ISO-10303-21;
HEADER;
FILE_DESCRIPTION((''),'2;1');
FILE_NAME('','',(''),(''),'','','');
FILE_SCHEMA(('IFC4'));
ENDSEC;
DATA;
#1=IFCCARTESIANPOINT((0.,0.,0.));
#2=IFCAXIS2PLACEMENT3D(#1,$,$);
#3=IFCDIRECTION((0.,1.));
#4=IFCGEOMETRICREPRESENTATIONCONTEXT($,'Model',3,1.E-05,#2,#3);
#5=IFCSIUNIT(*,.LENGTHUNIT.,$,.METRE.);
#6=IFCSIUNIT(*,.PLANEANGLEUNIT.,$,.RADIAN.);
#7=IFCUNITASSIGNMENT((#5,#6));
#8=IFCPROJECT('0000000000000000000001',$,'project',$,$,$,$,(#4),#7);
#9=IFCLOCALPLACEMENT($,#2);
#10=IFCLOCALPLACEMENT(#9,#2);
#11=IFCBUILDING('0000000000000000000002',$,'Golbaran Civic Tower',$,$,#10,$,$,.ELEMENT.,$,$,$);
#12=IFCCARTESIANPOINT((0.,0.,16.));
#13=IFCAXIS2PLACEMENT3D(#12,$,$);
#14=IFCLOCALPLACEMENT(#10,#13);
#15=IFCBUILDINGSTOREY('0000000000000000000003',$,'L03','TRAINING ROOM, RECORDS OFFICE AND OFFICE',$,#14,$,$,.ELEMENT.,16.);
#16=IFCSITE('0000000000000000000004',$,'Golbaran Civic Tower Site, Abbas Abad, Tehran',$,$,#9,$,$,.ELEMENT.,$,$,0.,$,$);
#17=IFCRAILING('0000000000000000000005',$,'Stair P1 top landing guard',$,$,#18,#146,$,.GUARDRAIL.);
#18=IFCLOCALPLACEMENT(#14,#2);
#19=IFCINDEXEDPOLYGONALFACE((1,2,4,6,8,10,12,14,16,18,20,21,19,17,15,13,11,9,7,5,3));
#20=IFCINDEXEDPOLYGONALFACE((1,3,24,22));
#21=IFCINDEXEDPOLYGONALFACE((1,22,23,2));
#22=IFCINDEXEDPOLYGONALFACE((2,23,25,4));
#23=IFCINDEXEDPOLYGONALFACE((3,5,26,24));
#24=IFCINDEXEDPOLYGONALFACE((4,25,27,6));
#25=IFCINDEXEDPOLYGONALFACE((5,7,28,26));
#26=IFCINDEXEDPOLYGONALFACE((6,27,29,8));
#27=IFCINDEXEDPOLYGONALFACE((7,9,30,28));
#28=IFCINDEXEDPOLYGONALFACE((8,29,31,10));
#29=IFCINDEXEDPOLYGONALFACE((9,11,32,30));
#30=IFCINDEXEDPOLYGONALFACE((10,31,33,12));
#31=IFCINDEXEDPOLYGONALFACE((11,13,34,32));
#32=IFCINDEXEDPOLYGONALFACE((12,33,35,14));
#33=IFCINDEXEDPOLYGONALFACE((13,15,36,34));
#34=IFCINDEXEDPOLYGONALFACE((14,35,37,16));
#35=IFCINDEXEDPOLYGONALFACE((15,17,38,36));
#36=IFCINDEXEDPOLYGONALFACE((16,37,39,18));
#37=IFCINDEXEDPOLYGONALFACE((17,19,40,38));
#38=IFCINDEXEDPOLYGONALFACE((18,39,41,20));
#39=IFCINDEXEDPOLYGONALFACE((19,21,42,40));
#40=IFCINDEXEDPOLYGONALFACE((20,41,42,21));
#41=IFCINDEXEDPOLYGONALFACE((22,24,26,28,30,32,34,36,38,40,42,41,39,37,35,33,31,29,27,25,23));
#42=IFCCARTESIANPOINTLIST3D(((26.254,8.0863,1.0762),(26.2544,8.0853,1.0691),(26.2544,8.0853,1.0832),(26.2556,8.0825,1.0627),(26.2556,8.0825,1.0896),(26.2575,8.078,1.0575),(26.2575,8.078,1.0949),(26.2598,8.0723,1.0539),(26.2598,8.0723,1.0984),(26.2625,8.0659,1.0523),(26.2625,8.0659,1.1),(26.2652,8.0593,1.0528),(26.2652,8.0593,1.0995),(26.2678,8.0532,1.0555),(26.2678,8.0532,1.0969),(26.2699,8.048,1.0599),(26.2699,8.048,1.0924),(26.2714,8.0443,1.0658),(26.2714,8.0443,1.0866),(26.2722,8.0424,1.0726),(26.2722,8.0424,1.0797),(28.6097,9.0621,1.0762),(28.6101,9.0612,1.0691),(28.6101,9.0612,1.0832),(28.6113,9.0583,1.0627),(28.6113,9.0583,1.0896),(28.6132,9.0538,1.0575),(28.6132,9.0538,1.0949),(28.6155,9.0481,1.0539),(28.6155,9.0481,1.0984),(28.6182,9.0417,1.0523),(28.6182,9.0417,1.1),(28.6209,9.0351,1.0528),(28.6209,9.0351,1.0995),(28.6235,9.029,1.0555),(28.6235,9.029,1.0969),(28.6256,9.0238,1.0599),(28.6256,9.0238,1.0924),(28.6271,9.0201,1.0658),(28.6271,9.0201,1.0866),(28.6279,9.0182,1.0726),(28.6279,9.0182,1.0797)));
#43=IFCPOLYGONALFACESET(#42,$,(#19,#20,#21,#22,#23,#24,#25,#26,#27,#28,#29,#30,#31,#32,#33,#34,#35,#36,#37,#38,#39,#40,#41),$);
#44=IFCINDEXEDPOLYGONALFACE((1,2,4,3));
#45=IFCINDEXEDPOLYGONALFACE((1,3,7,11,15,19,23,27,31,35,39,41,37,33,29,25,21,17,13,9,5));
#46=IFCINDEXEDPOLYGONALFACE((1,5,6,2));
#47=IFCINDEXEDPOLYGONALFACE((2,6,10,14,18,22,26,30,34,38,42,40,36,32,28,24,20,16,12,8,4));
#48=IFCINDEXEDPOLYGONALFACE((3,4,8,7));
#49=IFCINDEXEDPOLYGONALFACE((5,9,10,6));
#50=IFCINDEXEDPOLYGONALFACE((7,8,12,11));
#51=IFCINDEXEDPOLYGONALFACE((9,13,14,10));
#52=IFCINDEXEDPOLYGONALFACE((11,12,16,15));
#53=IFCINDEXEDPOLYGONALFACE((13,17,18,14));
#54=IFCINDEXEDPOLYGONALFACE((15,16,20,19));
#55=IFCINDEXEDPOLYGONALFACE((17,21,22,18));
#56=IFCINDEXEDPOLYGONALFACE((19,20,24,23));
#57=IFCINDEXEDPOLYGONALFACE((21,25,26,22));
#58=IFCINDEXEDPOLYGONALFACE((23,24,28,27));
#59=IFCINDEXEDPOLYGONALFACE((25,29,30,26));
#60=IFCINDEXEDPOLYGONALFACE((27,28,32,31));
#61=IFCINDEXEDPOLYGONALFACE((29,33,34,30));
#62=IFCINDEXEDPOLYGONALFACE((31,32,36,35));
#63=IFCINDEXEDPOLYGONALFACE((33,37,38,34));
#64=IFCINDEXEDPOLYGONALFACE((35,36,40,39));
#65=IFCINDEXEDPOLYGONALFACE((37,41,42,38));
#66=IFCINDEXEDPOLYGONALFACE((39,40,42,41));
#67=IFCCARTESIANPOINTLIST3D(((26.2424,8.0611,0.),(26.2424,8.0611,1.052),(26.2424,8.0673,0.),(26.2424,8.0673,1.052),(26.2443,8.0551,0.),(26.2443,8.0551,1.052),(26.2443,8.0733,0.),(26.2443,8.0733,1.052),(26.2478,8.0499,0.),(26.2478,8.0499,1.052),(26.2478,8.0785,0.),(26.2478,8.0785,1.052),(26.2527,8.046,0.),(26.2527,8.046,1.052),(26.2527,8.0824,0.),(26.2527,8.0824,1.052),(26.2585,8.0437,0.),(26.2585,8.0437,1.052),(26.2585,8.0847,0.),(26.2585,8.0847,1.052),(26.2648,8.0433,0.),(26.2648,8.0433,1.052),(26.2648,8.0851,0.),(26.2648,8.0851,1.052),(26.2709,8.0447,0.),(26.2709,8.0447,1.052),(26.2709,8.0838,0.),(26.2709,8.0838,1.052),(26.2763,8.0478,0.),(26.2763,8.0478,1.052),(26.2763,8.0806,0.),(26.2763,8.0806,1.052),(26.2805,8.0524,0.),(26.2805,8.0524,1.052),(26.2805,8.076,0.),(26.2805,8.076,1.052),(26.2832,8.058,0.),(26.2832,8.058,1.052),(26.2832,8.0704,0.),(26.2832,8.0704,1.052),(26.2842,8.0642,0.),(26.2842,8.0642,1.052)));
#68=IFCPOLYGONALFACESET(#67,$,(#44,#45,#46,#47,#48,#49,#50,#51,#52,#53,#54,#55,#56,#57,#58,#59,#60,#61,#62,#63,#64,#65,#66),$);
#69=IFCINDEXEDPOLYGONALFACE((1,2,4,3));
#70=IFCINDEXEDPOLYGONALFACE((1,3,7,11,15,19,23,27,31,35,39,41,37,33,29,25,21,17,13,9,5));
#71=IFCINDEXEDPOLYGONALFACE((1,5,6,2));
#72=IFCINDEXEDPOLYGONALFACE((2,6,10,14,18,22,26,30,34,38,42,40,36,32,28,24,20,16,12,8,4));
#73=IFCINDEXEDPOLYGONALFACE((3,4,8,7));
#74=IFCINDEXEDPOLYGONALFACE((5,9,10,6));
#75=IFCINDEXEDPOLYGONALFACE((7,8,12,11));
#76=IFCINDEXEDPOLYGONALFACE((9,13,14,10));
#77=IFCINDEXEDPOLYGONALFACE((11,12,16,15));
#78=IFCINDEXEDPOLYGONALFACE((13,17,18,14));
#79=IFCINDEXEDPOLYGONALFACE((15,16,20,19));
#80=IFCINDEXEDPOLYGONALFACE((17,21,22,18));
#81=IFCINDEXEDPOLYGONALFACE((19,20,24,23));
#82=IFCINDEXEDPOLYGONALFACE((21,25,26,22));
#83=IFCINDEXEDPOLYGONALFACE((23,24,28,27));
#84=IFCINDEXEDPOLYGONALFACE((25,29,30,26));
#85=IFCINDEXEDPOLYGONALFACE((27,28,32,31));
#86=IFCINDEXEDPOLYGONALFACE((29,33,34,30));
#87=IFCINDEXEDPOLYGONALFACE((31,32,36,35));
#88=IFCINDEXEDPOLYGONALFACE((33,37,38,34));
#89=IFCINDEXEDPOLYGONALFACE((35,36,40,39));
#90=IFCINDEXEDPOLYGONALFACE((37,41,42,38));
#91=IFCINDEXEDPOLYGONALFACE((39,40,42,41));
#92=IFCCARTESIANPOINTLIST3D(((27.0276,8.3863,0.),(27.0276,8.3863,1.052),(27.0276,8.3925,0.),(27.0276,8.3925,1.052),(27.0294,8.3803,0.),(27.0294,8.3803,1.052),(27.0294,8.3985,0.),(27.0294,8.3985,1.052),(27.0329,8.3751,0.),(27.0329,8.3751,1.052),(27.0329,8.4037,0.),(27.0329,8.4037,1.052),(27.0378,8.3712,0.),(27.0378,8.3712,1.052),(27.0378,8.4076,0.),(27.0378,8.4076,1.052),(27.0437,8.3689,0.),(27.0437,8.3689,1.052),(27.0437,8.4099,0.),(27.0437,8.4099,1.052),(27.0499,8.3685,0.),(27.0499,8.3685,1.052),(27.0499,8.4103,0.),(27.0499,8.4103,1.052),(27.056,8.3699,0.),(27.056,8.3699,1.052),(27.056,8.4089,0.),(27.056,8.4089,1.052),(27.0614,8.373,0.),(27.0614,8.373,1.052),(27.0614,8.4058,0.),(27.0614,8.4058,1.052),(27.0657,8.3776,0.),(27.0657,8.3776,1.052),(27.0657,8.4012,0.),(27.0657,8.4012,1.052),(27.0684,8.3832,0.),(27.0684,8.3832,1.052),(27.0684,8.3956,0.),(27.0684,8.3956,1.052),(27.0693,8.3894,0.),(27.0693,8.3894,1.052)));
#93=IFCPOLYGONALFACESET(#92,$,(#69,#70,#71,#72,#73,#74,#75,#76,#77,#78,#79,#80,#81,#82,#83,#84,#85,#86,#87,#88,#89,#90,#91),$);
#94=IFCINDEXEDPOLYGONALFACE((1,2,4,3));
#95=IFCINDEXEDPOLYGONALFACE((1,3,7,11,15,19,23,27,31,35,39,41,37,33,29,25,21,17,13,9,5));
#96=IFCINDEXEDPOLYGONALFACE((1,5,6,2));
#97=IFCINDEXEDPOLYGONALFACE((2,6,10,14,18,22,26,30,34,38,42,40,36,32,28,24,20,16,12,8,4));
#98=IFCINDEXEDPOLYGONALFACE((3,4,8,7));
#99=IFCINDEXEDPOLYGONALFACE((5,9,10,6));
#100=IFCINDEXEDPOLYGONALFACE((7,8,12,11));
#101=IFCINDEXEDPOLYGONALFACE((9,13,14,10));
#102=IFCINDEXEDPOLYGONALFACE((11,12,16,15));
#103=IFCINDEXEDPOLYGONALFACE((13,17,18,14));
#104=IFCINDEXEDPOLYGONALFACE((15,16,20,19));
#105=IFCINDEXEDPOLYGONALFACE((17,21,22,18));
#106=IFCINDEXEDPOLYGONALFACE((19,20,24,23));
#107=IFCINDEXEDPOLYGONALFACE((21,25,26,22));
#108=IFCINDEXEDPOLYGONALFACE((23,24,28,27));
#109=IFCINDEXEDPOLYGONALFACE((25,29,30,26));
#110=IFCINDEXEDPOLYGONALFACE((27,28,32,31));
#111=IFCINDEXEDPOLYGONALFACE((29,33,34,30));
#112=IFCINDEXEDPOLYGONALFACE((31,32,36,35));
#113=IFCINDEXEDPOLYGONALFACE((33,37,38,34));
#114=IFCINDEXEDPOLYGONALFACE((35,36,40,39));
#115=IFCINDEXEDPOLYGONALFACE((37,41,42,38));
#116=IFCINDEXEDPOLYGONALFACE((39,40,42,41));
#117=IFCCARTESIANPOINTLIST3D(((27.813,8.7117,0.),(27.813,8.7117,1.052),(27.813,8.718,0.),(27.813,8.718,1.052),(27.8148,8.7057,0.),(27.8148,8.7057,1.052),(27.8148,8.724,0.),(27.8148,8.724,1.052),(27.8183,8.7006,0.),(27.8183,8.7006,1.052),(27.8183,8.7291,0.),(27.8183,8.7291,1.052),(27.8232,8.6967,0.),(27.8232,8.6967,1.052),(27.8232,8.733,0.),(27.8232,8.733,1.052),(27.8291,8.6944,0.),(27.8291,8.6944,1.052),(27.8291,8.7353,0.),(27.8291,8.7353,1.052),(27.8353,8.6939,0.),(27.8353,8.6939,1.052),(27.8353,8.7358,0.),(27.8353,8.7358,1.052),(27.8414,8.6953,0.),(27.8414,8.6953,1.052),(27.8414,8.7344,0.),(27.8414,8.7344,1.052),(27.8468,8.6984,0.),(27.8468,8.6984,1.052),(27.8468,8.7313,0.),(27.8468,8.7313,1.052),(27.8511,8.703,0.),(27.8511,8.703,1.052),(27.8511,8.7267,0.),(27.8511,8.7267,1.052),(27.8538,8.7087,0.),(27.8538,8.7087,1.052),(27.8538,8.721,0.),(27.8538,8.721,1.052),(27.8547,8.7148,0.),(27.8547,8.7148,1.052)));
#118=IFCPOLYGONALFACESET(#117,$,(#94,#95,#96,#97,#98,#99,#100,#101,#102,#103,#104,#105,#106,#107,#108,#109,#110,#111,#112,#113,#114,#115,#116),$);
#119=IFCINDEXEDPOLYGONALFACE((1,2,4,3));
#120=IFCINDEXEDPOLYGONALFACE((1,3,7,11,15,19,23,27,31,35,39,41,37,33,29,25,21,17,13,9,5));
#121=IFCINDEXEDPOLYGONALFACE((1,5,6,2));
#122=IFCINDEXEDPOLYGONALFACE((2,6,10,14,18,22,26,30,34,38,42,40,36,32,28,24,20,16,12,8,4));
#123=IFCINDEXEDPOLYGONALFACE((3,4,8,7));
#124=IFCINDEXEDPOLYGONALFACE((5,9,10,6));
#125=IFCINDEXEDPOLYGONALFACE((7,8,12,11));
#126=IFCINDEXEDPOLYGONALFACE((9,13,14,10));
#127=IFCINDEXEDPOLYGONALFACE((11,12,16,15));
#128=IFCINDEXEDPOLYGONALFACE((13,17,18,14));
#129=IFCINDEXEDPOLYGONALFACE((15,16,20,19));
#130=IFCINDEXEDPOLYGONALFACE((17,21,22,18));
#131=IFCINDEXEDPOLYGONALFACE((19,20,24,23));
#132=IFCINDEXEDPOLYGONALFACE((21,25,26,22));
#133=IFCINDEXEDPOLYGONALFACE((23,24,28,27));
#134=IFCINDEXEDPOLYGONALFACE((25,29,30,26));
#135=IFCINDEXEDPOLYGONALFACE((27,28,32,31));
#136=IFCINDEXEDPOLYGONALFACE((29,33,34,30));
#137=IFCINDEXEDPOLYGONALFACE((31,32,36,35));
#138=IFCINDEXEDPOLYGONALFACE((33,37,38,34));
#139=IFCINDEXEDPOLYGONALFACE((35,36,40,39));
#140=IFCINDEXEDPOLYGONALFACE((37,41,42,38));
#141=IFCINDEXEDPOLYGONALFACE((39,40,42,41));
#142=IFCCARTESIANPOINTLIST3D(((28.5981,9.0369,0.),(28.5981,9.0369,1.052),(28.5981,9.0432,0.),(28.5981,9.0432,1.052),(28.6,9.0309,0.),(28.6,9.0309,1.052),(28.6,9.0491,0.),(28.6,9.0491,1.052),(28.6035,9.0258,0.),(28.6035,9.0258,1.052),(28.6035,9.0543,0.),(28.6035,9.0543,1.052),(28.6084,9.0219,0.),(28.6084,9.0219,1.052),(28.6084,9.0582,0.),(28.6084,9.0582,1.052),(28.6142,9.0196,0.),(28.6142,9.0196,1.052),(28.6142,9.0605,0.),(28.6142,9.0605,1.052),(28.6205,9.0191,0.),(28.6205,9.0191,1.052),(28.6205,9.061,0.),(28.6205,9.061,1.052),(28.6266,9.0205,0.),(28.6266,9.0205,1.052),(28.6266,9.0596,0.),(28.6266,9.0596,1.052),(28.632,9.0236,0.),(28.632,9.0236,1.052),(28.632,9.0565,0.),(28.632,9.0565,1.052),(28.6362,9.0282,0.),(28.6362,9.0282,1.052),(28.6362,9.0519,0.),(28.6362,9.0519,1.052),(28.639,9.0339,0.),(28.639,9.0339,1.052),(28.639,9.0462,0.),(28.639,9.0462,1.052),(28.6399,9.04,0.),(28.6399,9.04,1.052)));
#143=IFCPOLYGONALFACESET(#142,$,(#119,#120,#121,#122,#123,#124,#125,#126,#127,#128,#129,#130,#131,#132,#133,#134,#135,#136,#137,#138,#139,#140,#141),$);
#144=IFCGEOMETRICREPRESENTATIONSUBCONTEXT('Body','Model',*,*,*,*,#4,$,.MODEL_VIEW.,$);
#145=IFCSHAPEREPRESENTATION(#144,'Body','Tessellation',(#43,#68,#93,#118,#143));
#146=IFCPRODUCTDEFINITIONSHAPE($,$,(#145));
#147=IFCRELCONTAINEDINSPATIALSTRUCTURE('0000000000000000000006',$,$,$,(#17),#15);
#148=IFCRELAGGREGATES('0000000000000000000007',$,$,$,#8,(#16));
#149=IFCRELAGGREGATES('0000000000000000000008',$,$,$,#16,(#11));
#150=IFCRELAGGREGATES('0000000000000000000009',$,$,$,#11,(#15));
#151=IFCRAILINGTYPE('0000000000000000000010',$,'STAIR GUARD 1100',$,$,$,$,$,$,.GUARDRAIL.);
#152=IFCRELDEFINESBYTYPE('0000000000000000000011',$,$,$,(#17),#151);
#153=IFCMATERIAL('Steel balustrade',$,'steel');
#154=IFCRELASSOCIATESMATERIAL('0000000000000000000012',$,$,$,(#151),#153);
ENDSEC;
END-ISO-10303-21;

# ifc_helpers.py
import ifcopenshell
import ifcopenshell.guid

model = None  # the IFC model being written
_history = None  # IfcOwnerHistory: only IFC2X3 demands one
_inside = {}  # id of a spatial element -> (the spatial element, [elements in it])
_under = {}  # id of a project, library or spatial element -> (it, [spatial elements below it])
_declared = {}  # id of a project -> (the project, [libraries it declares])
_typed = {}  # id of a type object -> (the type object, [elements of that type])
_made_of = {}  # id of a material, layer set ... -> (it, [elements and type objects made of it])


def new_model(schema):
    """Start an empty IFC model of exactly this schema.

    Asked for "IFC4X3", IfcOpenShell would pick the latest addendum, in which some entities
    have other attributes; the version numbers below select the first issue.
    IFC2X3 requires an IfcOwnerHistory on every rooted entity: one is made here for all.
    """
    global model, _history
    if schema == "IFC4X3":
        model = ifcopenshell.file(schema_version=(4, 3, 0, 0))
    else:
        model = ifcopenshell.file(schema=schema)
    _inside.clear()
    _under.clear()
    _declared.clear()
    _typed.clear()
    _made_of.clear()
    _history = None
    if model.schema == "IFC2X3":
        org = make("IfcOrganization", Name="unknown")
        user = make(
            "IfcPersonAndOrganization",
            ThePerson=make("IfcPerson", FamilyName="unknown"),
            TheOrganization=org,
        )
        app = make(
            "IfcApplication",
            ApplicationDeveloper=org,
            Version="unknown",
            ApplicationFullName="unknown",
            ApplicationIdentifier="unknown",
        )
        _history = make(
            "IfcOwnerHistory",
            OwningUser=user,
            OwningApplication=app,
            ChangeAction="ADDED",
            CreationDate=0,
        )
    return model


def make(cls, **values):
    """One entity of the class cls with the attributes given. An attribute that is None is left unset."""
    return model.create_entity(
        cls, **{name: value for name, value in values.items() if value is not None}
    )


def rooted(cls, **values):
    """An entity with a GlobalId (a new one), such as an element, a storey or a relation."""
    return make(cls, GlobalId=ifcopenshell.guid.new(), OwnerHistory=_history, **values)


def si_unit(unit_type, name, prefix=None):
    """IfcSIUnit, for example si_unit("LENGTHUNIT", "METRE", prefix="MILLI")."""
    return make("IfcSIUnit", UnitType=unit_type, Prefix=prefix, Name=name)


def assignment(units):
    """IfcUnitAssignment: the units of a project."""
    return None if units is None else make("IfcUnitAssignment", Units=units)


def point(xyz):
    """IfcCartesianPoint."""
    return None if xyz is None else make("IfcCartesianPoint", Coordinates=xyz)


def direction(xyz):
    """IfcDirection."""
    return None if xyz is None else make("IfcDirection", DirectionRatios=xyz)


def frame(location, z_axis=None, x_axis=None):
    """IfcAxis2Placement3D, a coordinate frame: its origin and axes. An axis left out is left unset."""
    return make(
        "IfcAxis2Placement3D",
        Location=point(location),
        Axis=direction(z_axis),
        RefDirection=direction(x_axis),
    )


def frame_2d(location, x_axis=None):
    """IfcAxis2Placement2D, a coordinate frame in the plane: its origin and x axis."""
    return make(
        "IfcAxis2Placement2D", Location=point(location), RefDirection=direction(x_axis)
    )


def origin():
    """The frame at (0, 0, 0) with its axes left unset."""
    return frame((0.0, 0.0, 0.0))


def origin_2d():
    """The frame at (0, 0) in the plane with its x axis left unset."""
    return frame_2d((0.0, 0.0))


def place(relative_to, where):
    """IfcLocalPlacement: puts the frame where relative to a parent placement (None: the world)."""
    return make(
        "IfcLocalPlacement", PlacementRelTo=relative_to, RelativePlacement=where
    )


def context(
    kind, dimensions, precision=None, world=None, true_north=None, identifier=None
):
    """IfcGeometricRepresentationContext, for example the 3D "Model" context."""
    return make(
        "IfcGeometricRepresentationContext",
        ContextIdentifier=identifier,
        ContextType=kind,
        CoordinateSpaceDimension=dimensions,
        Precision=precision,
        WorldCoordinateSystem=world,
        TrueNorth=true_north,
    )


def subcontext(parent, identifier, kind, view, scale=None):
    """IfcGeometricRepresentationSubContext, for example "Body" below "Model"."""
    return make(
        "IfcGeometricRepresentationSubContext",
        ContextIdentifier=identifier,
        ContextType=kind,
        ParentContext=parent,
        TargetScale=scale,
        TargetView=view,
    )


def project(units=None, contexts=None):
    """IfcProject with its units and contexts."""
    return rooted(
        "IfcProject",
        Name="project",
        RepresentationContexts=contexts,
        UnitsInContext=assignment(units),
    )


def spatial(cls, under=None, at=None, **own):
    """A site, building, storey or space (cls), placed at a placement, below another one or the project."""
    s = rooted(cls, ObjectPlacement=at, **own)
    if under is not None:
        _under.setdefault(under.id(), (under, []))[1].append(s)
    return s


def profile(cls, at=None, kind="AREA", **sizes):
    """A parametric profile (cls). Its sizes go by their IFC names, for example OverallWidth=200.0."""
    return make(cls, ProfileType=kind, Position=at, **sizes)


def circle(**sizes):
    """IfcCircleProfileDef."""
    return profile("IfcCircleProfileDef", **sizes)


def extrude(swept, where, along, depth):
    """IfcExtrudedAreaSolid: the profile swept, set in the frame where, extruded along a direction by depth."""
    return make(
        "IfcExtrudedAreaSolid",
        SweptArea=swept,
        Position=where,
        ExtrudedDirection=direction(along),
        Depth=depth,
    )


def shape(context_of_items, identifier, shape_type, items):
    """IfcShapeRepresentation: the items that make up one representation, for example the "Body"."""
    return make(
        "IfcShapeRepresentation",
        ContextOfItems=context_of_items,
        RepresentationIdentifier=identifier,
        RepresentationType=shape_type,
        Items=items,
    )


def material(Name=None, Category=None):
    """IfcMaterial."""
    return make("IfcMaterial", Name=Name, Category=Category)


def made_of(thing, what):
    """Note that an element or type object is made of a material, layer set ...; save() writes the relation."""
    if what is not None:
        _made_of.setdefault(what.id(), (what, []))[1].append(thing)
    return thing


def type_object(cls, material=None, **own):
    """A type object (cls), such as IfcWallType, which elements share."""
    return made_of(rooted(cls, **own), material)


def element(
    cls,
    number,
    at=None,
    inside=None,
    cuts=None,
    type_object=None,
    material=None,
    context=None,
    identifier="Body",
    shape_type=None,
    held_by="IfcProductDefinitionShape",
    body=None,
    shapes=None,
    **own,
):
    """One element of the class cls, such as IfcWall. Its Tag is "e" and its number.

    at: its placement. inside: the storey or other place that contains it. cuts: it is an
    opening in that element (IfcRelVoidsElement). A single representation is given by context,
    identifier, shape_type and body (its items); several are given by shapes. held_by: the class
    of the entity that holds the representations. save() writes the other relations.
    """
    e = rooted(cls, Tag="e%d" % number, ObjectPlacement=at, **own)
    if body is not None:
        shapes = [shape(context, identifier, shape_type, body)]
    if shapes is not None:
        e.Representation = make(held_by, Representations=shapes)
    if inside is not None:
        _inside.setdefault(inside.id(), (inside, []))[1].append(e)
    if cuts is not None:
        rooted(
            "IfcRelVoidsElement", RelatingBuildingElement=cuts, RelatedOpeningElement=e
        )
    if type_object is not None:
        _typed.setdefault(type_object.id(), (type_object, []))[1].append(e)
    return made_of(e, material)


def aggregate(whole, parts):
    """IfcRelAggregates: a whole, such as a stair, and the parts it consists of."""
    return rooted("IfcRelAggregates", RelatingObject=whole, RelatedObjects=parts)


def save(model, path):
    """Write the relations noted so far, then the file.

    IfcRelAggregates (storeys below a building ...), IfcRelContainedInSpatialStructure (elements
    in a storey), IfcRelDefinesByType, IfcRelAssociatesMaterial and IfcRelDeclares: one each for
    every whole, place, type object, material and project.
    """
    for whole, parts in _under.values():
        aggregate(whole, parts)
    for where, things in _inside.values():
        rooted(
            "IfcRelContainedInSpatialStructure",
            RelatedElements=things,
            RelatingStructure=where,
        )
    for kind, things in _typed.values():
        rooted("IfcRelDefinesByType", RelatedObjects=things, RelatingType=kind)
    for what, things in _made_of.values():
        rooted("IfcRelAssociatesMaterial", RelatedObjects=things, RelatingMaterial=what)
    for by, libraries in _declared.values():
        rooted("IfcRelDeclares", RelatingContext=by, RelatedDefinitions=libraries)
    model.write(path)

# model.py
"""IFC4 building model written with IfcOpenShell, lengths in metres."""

from ifc_helpers import new_model, si_unit, direction, frame, origin, origin_2d, place, context, subcontext, project, spatial, circle, extrude, material, type_object, element, save


model = new_model("IFC4")

# Units and contexts
model_context = context("Model", 3, precision=1e-05, world=origin(), true_north=direction((0.0, 1.0)))
body_context = subcontext(model_context, "Body", "Model", "MODEL_VIEW")
ifc_project = project(units=[si_unit("LENGTHUNIT", "METRE"), si_unit("PLANEANGLEUNIT", "RADIAN")], contexts=[model_context])

# Site, building, storey
site_placement = place(None, origin())
site = spatial("IfcSite", under=ifc_project, at=site_placement, Name="Golbaran Civic Tower Site, Abbas Abad, Tehran", CompositionType="ELEMENT", RefElevation=0.0)
building_placement = place(site_placement, origin())
building = spatial("IfcBuilding", under=site, at=building_placement, Name="Golbaran Civic Tower", CompositionType="ELEMENT")
storey_placement = place(building_placement, frame((0.0, 0.0, 16.0)))
storey = spatial("IfcBuildingStorey", under=building, at=storey_placement, Name="L03", Description="TRAINING ROOM, RECORDS OFFICE AND OFFICE", CompositionType="ELEMENT", Elevation=16.0)

# Railing
ifc_material_1 = material(Name="Steel balustrade", Category="steel")
railing_type = type_object("IfcRailingType", Name="STAIR GUARD 1100", PredefinedType="GUARDRAIL", material=ifc_material_1)
railing_placement = place(storey_placement, frame((26.2632, 8.0642, 0.0)))
element("IfcRailing", 1, at=railing_placement, inside=storey, type_object=railing_type, Name="Stair P1 top landing guard", PredefinedType="GUARDRAIL", context=body_context, shape_type="SweptSolid", body=[
    extrude(circle(Radius=0.0239, at=origin_2d()), frame((0.0, 0.0, 1.0762), z_axis=(0.923871, 0.382704, 0.0), x_axis=(-0.382704, 0.923871, 0.0)), (0.0, 0.0, 1.0), 2.5498),
    extrude(circle(Radius=0.021, at=origin_2d()), origin(), (0.0, 0.0, 1.0), 1.052),
    extrude(circle(Radius=0.021, at=origin_2d()), frame((0.7852, 0.3252, 0.0)), (0.0, 0.0, 1.0), 1.052),
    extrude(circle(Radius=0.021, at=origin_2d()), frame((1.5706, 0.6506, 0.0)), (0.0, 0.0, 1.0), 1.052),
    extrude(circle(Radius=0.021, at=origin_2d()), frame((2.3557, 0.9758, 0.0)), (0.0, 0.0, 1.0), 1.052),
])

save(model, "model.ifc")
